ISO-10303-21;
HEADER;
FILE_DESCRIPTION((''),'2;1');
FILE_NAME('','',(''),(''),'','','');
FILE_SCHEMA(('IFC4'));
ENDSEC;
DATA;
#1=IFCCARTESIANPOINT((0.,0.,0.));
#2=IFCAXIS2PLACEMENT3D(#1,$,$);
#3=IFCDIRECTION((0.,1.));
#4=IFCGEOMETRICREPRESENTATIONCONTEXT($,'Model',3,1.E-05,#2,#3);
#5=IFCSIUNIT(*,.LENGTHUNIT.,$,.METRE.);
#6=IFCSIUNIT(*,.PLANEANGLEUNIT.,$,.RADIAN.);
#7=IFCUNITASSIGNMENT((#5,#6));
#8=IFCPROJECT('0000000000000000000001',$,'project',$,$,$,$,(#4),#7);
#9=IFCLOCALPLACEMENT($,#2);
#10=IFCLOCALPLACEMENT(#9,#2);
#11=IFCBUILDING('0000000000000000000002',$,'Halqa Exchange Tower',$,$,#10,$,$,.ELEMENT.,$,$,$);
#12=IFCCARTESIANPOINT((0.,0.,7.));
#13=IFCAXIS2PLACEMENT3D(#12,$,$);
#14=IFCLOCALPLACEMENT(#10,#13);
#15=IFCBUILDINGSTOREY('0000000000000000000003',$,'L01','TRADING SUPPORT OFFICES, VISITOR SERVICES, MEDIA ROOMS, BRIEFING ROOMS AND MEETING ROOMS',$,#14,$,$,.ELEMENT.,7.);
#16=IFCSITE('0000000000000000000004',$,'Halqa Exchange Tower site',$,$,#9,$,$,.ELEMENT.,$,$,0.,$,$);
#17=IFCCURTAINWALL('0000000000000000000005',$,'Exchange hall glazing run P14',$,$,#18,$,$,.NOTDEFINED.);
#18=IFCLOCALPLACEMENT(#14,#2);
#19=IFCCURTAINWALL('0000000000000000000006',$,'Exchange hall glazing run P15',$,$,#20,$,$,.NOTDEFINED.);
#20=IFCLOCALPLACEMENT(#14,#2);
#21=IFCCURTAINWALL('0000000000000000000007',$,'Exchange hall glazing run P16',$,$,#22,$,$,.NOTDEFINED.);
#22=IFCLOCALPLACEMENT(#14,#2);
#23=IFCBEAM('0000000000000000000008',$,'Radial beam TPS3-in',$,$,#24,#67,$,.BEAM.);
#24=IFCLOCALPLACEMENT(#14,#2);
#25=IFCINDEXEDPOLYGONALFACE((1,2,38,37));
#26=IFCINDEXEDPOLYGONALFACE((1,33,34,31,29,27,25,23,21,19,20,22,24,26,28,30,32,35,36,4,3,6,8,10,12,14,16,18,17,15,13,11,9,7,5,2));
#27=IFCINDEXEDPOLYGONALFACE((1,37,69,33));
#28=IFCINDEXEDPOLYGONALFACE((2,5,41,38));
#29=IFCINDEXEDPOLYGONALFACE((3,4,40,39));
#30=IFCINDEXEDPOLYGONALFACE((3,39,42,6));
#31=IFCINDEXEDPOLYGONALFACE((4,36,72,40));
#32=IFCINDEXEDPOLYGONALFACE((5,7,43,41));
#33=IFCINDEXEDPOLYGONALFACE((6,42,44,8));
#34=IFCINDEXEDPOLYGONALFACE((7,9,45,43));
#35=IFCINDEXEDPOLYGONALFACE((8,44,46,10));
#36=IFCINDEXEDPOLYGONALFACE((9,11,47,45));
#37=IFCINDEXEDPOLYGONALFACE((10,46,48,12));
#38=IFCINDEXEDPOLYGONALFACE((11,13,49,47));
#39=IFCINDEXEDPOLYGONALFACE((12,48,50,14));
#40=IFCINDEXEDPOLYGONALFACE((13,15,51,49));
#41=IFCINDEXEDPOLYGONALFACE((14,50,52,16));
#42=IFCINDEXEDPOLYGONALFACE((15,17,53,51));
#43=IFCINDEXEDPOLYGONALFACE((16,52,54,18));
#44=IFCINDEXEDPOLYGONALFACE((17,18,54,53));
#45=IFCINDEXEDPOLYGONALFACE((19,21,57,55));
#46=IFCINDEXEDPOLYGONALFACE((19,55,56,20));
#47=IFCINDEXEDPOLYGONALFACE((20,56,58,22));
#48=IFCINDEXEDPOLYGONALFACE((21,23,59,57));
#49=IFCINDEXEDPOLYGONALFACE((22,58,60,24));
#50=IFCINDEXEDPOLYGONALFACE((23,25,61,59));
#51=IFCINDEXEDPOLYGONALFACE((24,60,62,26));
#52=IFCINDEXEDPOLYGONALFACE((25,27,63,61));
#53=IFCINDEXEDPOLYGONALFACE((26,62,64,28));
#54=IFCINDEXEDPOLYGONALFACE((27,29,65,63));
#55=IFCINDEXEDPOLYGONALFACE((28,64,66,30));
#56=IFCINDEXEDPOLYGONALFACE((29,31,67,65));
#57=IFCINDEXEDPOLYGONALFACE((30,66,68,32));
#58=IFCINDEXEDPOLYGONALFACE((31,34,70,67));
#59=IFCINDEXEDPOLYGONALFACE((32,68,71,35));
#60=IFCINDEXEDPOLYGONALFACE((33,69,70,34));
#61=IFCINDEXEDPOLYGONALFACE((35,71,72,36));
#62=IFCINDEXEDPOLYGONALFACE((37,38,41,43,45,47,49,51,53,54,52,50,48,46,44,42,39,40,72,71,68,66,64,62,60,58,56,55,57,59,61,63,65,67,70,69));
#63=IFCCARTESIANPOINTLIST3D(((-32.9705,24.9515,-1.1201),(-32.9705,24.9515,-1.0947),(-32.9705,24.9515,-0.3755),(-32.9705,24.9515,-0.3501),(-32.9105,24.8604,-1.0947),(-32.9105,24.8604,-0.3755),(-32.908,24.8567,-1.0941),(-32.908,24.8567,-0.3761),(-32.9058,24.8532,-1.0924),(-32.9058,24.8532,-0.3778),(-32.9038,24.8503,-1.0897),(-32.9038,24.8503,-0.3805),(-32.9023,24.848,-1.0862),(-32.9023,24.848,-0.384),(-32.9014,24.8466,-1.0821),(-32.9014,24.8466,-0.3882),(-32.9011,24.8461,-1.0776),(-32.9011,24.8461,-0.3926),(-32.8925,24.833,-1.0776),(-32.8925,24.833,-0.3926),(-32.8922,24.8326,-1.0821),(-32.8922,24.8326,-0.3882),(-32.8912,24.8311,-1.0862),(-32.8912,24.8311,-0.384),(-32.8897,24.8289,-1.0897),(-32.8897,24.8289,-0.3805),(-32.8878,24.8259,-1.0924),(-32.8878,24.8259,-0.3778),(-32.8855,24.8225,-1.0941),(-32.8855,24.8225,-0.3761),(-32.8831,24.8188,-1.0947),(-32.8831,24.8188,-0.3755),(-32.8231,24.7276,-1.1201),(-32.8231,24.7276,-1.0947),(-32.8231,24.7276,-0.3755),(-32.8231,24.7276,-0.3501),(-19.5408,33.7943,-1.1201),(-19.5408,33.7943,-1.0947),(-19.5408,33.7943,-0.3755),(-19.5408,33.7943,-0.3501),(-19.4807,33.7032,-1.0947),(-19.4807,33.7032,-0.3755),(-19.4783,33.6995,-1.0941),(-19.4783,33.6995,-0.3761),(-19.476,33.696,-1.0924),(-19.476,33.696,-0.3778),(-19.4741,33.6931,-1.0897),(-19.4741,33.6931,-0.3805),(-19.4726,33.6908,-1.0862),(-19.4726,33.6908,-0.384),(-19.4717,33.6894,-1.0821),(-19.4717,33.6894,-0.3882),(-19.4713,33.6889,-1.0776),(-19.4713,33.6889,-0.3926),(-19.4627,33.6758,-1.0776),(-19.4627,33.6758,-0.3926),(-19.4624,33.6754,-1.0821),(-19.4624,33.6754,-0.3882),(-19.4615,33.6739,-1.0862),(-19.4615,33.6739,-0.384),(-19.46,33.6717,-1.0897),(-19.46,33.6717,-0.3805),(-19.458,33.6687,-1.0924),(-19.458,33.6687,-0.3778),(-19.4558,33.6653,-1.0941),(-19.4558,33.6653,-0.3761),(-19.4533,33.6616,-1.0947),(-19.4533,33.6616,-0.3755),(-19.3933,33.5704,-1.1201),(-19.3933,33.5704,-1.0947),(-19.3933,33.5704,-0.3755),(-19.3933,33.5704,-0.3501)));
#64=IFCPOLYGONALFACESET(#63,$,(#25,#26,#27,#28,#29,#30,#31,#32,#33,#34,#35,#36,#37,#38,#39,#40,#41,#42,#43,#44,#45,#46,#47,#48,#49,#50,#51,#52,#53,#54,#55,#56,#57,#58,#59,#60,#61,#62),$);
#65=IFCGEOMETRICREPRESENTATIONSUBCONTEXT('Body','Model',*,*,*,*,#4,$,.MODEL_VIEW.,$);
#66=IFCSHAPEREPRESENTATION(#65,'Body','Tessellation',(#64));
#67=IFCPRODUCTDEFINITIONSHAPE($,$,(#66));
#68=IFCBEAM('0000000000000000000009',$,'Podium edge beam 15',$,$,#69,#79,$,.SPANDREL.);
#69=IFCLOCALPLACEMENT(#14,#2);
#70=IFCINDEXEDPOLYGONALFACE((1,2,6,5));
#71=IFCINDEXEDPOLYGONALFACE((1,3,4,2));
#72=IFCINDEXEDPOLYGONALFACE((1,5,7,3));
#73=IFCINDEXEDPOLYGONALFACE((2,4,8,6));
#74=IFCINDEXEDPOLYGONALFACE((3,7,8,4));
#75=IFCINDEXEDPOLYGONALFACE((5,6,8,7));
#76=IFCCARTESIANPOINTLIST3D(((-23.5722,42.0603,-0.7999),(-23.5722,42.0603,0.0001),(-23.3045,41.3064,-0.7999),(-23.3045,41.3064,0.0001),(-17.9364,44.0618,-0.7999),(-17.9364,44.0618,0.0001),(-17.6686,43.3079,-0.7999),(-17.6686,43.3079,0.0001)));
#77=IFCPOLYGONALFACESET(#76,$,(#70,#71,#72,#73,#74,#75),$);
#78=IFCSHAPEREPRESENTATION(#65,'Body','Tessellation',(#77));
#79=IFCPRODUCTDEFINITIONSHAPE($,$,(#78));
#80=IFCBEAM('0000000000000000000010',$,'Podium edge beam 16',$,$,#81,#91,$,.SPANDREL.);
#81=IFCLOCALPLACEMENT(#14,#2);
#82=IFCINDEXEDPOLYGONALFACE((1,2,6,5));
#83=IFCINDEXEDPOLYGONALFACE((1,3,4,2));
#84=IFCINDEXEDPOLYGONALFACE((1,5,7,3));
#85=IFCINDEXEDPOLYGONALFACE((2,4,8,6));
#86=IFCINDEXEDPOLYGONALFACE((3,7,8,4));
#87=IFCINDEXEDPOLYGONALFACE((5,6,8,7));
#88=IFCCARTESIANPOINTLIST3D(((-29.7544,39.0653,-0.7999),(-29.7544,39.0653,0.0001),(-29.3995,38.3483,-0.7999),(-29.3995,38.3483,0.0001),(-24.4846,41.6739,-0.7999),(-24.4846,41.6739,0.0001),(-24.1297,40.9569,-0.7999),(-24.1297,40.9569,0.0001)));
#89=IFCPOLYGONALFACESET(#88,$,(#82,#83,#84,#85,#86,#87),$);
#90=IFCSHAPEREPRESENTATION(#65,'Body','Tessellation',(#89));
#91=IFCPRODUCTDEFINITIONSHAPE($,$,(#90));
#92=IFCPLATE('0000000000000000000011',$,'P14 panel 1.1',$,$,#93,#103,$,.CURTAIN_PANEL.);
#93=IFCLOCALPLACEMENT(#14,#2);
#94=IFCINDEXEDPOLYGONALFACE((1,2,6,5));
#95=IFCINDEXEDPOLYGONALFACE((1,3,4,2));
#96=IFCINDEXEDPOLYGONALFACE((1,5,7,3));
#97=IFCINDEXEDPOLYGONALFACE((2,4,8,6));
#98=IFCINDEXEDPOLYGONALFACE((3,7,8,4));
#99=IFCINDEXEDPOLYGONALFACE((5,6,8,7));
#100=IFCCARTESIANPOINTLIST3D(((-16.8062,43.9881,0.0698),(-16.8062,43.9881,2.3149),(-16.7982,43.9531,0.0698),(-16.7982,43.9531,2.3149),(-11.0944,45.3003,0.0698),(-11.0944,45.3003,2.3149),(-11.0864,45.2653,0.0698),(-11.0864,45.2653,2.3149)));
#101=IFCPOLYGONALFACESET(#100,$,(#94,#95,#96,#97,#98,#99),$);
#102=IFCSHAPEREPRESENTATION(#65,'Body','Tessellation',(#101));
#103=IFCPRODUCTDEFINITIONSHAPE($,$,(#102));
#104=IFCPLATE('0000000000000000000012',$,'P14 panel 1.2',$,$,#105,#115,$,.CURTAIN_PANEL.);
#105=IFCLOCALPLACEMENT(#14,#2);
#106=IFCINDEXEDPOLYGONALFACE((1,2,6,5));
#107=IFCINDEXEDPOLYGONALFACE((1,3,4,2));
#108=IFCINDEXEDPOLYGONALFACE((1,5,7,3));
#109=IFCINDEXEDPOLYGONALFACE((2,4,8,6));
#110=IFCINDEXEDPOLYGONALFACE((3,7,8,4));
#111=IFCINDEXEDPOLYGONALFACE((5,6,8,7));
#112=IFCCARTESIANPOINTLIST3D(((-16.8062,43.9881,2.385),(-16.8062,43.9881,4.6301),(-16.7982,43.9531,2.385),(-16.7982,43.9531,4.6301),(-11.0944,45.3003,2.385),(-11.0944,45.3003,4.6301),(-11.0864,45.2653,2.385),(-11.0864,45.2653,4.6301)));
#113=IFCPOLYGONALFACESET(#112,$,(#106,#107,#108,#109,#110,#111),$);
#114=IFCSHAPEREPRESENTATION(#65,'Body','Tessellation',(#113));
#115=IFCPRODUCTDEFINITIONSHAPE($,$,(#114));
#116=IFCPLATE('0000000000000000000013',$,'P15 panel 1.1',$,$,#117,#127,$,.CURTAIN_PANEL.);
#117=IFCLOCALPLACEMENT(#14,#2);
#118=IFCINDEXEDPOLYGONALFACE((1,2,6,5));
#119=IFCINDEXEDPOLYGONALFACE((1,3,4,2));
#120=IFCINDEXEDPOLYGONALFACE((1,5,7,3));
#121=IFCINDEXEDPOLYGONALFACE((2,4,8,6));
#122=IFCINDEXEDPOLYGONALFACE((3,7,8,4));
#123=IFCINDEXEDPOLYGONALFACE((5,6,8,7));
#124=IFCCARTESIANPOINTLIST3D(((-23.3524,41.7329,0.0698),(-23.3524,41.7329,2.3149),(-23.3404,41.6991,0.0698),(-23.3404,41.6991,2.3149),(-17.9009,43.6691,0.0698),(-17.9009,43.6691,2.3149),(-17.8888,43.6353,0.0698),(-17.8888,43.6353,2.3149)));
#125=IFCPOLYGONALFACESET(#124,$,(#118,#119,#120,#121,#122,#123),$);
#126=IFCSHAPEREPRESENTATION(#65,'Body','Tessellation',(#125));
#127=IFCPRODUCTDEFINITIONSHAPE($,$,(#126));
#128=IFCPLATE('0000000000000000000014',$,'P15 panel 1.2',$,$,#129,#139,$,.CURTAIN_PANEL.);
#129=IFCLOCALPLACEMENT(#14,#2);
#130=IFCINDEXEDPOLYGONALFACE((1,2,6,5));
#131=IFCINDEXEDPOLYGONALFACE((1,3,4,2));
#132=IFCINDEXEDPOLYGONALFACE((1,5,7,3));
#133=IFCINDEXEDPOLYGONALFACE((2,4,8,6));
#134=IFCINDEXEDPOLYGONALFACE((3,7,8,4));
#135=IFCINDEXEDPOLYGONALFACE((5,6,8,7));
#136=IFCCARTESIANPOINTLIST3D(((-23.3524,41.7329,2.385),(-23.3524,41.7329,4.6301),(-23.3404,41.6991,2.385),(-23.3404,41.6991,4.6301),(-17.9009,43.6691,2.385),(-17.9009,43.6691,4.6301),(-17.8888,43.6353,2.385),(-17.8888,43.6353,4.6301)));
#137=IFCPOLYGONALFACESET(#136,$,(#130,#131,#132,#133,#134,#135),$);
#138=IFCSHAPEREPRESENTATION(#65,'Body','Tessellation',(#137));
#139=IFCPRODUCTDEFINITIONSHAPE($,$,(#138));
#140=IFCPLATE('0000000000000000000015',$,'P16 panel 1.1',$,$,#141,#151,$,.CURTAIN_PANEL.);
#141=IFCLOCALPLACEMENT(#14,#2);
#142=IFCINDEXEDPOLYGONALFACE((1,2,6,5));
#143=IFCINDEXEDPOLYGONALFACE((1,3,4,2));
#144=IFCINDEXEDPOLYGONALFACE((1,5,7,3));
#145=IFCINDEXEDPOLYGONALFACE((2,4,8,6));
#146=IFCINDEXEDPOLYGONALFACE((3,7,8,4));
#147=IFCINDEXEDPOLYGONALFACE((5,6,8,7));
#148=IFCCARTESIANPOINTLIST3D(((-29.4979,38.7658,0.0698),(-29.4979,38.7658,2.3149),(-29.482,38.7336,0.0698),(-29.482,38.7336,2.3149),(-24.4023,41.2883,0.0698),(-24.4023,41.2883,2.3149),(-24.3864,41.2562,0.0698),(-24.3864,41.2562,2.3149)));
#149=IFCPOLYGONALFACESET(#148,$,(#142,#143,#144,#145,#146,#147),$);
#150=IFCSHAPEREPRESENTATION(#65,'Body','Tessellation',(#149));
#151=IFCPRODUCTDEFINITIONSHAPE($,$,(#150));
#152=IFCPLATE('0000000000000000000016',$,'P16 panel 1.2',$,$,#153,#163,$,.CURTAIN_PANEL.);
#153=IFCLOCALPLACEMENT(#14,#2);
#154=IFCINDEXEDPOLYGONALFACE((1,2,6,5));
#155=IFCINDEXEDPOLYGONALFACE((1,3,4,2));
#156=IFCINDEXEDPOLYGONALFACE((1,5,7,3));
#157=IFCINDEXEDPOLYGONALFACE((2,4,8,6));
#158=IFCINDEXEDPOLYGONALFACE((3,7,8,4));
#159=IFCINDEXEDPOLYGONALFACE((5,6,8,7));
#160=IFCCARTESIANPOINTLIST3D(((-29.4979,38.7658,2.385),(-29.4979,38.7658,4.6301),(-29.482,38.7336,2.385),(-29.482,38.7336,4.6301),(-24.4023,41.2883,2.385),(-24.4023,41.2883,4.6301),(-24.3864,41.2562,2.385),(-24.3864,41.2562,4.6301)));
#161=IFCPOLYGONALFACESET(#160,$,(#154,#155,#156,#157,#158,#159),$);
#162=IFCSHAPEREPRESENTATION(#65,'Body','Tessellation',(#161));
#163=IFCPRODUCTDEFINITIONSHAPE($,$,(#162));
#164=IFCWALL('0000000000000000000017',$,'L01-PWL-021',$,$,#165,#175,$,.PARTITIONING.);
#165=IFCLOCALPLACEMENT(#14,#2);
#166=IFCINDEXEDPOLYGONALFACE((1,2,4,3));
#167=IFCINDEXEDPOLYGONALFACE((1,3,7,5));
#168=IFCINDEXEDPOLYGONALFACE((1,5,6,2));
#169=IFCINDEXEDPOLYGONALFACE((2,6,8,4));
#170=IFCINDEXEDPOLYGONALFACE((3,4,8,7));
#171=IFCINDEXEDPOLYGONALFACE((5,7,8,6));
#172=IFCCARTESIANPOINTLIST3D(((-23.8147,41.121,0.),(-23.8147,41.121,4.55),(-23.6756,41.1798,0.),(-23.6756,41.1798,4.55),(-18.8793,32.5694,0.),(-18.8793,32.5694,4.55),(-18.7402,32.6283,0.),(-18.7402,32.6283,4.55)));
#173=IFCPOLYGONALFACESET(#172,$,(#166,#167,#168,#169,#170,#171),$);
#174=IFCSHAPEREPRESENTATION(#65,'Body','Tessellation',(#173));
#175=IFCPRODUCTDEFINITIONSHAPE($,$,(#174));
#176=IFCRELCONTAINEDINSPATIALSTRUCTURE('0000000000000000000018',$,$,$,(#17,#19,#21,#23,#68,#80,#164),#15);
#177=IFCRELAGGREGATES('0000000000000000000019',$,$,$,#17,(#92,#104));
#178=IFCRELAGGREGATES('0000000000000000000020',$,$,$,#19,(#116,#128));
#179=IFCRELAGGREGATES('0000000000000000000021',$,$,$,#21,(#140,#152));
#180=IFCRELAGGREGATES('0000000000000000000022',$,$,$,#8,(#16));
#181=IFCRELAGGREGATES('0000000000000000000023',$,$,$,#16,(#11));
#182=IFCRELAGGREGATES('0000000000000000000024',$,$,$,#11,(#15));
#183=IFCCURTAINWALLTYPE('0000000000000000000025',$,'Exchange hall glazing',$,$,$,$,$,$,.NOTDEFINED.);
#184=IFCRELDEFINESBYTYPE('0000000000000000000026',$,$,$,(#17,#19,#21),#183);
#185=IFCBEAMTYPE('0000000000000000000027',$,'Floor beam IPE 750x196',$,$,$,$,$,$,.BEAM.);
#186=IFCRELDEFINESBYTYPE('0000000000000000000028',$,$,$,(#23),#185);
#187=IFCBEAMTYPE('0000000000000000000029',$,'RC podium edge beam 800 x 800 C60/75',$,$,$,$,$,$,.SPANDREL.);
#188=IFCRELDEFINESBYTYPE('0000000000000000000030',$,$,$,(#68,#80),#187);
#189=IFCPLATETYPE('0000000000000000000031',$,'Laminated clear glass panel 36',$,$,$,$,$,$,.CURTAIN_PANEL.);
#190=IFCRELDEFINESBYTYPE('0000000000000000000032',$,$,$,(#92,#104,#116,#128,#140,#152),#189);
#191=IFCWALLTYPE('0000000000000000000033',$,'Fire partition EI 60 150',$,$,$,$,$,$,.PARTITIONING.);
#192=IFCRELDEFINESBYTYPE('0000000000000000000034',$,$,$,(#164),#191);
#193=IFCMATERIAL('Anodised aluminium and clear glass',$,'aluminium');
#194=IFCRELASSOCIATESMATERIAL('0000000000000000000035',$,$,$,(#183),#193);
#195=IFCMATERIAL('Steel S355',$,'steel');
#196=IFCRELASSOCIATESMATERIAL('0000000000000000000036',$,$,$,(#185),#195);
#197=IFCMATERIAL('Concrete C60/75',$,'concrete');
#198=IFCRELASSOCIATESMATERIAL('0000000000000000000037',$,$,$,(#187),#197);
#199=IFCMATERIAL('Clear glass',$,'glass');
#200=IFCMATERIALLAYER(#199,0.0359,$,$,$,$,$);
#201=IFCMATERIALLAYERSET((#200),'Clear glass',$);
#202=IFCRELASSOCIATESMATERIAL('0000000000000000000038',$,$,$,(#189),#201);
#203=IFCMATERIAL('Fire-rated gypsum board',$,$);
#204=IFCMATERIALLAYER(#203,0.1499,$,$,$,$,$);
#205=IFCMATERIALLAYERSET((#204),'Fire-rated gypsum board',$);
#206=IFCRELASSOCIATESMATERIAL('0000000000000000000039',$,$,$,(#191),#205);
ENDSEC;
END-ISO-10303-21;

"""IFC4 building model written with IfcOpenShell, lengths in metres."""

from ifc_helpers import new_model, si_unit, direction, frame, origin, origin_2d, place, context, subcontext, project, spatial, polyline, rectangle, i_section, outline, extrude, material, layer, layer_set, material_profile, profile_set, type_object, element, aggregate, save


model = new_model("IFC4")

# Units and contexts
model_context = context("Model", 3, precision=1e-05, world=origin(), true_north=direction((0.0, 1.0)))
body_context = subcontext(model_context, "Body", "Model", "MODEL_VIEW")
ifc_project = project(units=[si_unit("LENGTHUNIT", "METRE"), si_unit("PLANEANGLEUNIT", "RADIAN")], contexts=[model_context])

# Site, building, storey
site_placement = place(None, origin())
site = spatial("IfcSite", under=ifc_project, at=site_placement, Name="Halqa Exchange Tower site", CompositionType="ELEMENT", RefElevation=0.0)
building_placement = place(site_placement, origin())
building = spatial("IfcBuilding", under=site, at=building_placement, Name="Halqa Exchange Tower", CompositionType="ELEMENT")
storey_placement = place(building_placement, frame((0.0, 0.0, 7.0)))
storey = spatial("IfcBuildingStorey", under=building, at=storey_placement, Name="L01", Description="TRADING SUPPORT OFFICES, VISITOR SERVICES, MEDIA ROOMS, BRIEFING ROOMS AND MEETING ROOMS", CompositionType="ELEMENT", Elevation=7.0)

# Shared definitions
ifc_material_1 = material(Name="Concrete C60/75", Category="concrete")

# Curtain wall
ifc_material_2 = material(Name="Anodised aluminium and clear glass", Category="aluminium")
curtain_wall_type = type_object("IfcCurtainWallType", Name="Exchange hall glazing", PredefinedType="NOTDEFINED", material=ifc_material_2)
curtain_wall_1_placement = place(storey_placement, origin())
curtain_wall_1 = element("IfcCurtainWall", 1, at=curtain_wall_1_placement, inside=storey, type_object=curtain_wall_type, Name="Exchange hall glazing run P14", PredefinedType="NOTDEFINED")

# Curtain wall
curtain_wall_2_placement = place(storey_placement, origin())
curtain_wall_2 = element("IfcCurtainWall", 2, at=curtain_wall_2_placement, inside=storey, type_object=curtain_wall_type, Name="Exchange hall glazing run P15", PredefinedType="NOTDEFINED")

# Curtain wall
curtain_wall_3_placement = place(storey_placement, origin())
curtain_wall_3 = element("IfcCurtainWall", 3, at=curtain_wall_3_placement, inside=storey, type_object=curtain_wall_type, Name="Exchange hall glazing run P16", PredefinedType="NOTDEFINED")

# Beams
ifc_material_3 = material(Name="Steel S355", Category="steel")
ifc_material_profile_1 = material_profile(ifc_material_3, i_section(OverallWidth=0.2681, OverallDepth=0.77, WebThickness=0.0156, FlangeThickness=0.0254, FilletRadius=0.0171, at=origin_2d()), Name="IPE 750x196")
ifc_profile_set_1 = profile_set([ifc_material_profile_1], Name="Steel S355")
beam_type_1 = type_object("IfcBeamType", Name="Floor beam IPE 750x196", PredefinedType="BEAM", material=ifc_profile_set_1)
beam_1_placement = place(storey_placement, frame((-19.467, 33.6824, -0.7351), z_axis=(-0.835204, -0.54994, 0.0), x_axis=(0.54994, -0.835204, 0.0)))
element("IfcBeam", 4, at=beam_1_placement, inside=storey, type_object=beam_type_1, Name="Radial beam TPS3-in", PredefinedType="BEAM", context=body_context, shape_type="SweptSolid", body=[
    extrude(i_section(OverallWidth=0.2681, OverallDepth=0.77, WebThickness=0.0156, FlangeThickness=0.0254, FilletRadius=0.0171, at=origin_2d()), origin(), (0.0, 0.0, 1.0), 16.0796),
])
ifc_material_profile_2 = material_profile(ifc_material_1, rectangle(XDim=0.8, YDim=0.8, at=origin_2d()), Name="800 x 800")
ifc_profile_set_2 = profile_set([ifc_material_profile_2], Name="Concrete C60/75")
beam_type_2 = type_object("IfcBeamType", Name="RC podium edge beam 800 x 800 C60/75", PredefinedType="SPANDREL", material=ifc_profile_set_2)
beam_2_placement = place(storey_placement, frame((-17.8025, 43.6848, -0.3999), z_axis=(-0.942343, -0.334647, 0.0), x_axis=(0.334647, -0.942343, 0.0)))
element("IfcBeam", 5, at=beam_2_placement, inside=storey, type_object=beam_type_2, Name="Podium edge beam 15", PredefinedType="SPANDREL", context=body_context, shape_type="SweptSolid", body=[
    extrude(rectangle(XDim=0.8, YDim=0.8, at=origin_2d()), origin(), (0.0, 0.0, 1.0), 5.9807),
])
beam_3_placement = place(storey_placement, frame((-24.3071, 41.3154, -0.3999), z_axis=(-0.896205, -0.443639, 0.0), x_axis=(0.443639, -0.896205, 0.0)))
element("IfcBeam", 6, at=beam_3_placement, inside=storey, type_object=beam_type_2, Name="Podium edge beam 16", PredefinedType="SPANDREL", context=body_context, shape_type="SweptSolid", body=[
    extrude(rectangle(XDim=0.8, YDim=0.8, at=origin_2d()), origin(), (0.0, 0.0, 1.0), 5.8801),
])

# Plates
ifc_material_4 = material(Name="Clear glass", Category="glass")
ifc_layer_1 = layer(ifc_material_4, 0.0359)
ifc_layer_set_1 = layer_set([ifc_layer_1], Name="Clear glass")
plate_type = type_object("IfcPlateType", Name="Laminated clear glass panel 36", PredefinedType="CURTAIN_PANEL", material=ifc_layer_set_1)
plate_1_placement = place(storey_placement, frame((-13.9463, 44.6267, 0.0698), z_axis=(0.0, 0.0, 1.0), x_axis=(-0.974613, -0.223897, 0.0)))
plate_1 = element("IfcPlate", 7, at=plate_1_placement, type_object=plate_type, Name="P14 panel 1.1", PredefinedType="CURTAIN_PANEL", context=body_context, shape_type="SweptSolid", body=[
    extrude(rectangle(XDim=5.8606, YDim=0.0359, at=origin_2d()), origin(), (0.0, 0.0, 1.0), 2.2451),
])
plate_2_placement = place(storey_placement, frame((-13.9463, 44.6267, 2.385), z_axis=(0.0, 0.0, 1.0), x_axis=(-0.974613, -0.223897, 0.0)))
plate_2 = element("IfcPlate", 8, at=plate_2_placement, type_object=plate_type, Name="P14 panel 1.2", PredefinedType="CURTAIN_PANEL", context=body_context, shape_type="SweptSolid", body=[
    extrude(rectangle(XDim=5.8606, YDim=0.0359, at=origin_2d()), origin(), (0.0, 0.0, 1.0), 2.2451),
])
aggregate(curtain_wall_1, [plate_1, plate_2])
plate_3_placement = place(storey_placement, frame((-20.6206, 42.6841, 0.0698), z_axis=(0.0, 0.0, 1.0), x_axis=(-0.942329, -0.334688, 0.0)))
plate_3 = element("IfcPlate", 9, at=plate_3_placement, type_object=plate_type, Name="P15 panel 1.1", PredefinedType="CURTAIN_PANEL", context=body_context, shape_type="SweptSolid", body=[
    extrude(rectangle(XDim=5.7852, YDim=0.0359, at=origin_2d()), origin(), (0.0, 0.0, 1.0), 2.2451),
])
plate_4_placement = place(storey_placement, frame((-20.6206, 42.6841, 2.385), z_axis=(0.0, 0.0, 1.0), x_axis=(-0.942329, -0.334688, 0.0)))
plate_4 = element("IfcPlate", 10, at=plate_4_placement, type_object=plate_type, Name="P15 panel 1.2", PredefinedType="CURTAIN_PANEL", context=body_context, shape_type="SweptSolid", body=[
    extrude(rectangle(XDim=5.7852, YDim=0.0359, at=origin_2d()), origin(), (0.0, 0.0, 1.0), 2.2451),
])
aggregate(curtain_wall_2, [plate_3, plate_4])
plate_5_placement = place(storey_placement, frame((-26.9421, 40.011, 0.0698), z_axis=(0.0, 0.0, 1.0), x_axis=(-0.896198, -0.443653, 0.0)))
plate_5 = element("IfcPlate", 11, at=plate_5_placement, type_object=plate_type, Name="P16 panel 1.1", PredefinedType="CURTAIN_PANEL", context=body_context, shape_type="SweptSolid", body=[
    extrude(rectangle(XDim=5.6858, YDim=0.0359, at=origin_2d()), origin(), (0.0, 0.0, 1.0), 2.2451),
])
plate_6_placement = place(storey_placement, frame((-26.9421, 40.011, 2.385), z_axis=(0.0, 0.0, 1.0), x_axis=(-0.896198, -0.443653, 0.0)))
plate_6 = element("IfcPlate", 12, at=plate_6_placement, type_object=plate_type, Name="P16 panel 1.2", PredefinedType="CURTAIN_PANEL", context=body_context, shape_type="SweptSolid", body=[
    extrude(rectangle(XDim=5.6858, YDim=0.0359, at=origin_2d()), origin(), (0.0, 0.0, 1.0), 2.2451),
])
aggregate(curtain_wall_3, [plate_5, plate_6])

# Wall
ifc_material_5 = material(Name="Fire-rated gypsum board")
ifc_layer_2 = layer(ifc_material_5, 0.1499)
ifc_layer_set_2 = layer_set([ifc_layer_2], Name="Fire-rated gypsum board")
wall_type = type_object("IfcWallType", Name="Fire partition EI 60 150", PredefinedType="PARTITIONING", material=ifc_layer_set_2)
wall_placement = place(storey_placement, frame((-23.7451, 41.1504, 0.0), z_axis=(0.0, 0.0, 1.0), x_axis=(0.499854, -0.866109, 0.0)))
element("IfcWall", 13, at=wall_placement, inside=storey, type_object=wall_type, Name="L01-PWL-021", PredefinedType="PARTITIONING", context=body_context, shape_type="SweptSolid", body=[
    extrude(outline(polyline([(-0.0093, -0.075), (9.8643, -0.075), (9.8828, 0.075), (0.0093, 0.075), (-0.0093, -0.075)])), origin(), (0.0, 0.0, 1.0), 4.55),
])

save(model, "model.ifc")
